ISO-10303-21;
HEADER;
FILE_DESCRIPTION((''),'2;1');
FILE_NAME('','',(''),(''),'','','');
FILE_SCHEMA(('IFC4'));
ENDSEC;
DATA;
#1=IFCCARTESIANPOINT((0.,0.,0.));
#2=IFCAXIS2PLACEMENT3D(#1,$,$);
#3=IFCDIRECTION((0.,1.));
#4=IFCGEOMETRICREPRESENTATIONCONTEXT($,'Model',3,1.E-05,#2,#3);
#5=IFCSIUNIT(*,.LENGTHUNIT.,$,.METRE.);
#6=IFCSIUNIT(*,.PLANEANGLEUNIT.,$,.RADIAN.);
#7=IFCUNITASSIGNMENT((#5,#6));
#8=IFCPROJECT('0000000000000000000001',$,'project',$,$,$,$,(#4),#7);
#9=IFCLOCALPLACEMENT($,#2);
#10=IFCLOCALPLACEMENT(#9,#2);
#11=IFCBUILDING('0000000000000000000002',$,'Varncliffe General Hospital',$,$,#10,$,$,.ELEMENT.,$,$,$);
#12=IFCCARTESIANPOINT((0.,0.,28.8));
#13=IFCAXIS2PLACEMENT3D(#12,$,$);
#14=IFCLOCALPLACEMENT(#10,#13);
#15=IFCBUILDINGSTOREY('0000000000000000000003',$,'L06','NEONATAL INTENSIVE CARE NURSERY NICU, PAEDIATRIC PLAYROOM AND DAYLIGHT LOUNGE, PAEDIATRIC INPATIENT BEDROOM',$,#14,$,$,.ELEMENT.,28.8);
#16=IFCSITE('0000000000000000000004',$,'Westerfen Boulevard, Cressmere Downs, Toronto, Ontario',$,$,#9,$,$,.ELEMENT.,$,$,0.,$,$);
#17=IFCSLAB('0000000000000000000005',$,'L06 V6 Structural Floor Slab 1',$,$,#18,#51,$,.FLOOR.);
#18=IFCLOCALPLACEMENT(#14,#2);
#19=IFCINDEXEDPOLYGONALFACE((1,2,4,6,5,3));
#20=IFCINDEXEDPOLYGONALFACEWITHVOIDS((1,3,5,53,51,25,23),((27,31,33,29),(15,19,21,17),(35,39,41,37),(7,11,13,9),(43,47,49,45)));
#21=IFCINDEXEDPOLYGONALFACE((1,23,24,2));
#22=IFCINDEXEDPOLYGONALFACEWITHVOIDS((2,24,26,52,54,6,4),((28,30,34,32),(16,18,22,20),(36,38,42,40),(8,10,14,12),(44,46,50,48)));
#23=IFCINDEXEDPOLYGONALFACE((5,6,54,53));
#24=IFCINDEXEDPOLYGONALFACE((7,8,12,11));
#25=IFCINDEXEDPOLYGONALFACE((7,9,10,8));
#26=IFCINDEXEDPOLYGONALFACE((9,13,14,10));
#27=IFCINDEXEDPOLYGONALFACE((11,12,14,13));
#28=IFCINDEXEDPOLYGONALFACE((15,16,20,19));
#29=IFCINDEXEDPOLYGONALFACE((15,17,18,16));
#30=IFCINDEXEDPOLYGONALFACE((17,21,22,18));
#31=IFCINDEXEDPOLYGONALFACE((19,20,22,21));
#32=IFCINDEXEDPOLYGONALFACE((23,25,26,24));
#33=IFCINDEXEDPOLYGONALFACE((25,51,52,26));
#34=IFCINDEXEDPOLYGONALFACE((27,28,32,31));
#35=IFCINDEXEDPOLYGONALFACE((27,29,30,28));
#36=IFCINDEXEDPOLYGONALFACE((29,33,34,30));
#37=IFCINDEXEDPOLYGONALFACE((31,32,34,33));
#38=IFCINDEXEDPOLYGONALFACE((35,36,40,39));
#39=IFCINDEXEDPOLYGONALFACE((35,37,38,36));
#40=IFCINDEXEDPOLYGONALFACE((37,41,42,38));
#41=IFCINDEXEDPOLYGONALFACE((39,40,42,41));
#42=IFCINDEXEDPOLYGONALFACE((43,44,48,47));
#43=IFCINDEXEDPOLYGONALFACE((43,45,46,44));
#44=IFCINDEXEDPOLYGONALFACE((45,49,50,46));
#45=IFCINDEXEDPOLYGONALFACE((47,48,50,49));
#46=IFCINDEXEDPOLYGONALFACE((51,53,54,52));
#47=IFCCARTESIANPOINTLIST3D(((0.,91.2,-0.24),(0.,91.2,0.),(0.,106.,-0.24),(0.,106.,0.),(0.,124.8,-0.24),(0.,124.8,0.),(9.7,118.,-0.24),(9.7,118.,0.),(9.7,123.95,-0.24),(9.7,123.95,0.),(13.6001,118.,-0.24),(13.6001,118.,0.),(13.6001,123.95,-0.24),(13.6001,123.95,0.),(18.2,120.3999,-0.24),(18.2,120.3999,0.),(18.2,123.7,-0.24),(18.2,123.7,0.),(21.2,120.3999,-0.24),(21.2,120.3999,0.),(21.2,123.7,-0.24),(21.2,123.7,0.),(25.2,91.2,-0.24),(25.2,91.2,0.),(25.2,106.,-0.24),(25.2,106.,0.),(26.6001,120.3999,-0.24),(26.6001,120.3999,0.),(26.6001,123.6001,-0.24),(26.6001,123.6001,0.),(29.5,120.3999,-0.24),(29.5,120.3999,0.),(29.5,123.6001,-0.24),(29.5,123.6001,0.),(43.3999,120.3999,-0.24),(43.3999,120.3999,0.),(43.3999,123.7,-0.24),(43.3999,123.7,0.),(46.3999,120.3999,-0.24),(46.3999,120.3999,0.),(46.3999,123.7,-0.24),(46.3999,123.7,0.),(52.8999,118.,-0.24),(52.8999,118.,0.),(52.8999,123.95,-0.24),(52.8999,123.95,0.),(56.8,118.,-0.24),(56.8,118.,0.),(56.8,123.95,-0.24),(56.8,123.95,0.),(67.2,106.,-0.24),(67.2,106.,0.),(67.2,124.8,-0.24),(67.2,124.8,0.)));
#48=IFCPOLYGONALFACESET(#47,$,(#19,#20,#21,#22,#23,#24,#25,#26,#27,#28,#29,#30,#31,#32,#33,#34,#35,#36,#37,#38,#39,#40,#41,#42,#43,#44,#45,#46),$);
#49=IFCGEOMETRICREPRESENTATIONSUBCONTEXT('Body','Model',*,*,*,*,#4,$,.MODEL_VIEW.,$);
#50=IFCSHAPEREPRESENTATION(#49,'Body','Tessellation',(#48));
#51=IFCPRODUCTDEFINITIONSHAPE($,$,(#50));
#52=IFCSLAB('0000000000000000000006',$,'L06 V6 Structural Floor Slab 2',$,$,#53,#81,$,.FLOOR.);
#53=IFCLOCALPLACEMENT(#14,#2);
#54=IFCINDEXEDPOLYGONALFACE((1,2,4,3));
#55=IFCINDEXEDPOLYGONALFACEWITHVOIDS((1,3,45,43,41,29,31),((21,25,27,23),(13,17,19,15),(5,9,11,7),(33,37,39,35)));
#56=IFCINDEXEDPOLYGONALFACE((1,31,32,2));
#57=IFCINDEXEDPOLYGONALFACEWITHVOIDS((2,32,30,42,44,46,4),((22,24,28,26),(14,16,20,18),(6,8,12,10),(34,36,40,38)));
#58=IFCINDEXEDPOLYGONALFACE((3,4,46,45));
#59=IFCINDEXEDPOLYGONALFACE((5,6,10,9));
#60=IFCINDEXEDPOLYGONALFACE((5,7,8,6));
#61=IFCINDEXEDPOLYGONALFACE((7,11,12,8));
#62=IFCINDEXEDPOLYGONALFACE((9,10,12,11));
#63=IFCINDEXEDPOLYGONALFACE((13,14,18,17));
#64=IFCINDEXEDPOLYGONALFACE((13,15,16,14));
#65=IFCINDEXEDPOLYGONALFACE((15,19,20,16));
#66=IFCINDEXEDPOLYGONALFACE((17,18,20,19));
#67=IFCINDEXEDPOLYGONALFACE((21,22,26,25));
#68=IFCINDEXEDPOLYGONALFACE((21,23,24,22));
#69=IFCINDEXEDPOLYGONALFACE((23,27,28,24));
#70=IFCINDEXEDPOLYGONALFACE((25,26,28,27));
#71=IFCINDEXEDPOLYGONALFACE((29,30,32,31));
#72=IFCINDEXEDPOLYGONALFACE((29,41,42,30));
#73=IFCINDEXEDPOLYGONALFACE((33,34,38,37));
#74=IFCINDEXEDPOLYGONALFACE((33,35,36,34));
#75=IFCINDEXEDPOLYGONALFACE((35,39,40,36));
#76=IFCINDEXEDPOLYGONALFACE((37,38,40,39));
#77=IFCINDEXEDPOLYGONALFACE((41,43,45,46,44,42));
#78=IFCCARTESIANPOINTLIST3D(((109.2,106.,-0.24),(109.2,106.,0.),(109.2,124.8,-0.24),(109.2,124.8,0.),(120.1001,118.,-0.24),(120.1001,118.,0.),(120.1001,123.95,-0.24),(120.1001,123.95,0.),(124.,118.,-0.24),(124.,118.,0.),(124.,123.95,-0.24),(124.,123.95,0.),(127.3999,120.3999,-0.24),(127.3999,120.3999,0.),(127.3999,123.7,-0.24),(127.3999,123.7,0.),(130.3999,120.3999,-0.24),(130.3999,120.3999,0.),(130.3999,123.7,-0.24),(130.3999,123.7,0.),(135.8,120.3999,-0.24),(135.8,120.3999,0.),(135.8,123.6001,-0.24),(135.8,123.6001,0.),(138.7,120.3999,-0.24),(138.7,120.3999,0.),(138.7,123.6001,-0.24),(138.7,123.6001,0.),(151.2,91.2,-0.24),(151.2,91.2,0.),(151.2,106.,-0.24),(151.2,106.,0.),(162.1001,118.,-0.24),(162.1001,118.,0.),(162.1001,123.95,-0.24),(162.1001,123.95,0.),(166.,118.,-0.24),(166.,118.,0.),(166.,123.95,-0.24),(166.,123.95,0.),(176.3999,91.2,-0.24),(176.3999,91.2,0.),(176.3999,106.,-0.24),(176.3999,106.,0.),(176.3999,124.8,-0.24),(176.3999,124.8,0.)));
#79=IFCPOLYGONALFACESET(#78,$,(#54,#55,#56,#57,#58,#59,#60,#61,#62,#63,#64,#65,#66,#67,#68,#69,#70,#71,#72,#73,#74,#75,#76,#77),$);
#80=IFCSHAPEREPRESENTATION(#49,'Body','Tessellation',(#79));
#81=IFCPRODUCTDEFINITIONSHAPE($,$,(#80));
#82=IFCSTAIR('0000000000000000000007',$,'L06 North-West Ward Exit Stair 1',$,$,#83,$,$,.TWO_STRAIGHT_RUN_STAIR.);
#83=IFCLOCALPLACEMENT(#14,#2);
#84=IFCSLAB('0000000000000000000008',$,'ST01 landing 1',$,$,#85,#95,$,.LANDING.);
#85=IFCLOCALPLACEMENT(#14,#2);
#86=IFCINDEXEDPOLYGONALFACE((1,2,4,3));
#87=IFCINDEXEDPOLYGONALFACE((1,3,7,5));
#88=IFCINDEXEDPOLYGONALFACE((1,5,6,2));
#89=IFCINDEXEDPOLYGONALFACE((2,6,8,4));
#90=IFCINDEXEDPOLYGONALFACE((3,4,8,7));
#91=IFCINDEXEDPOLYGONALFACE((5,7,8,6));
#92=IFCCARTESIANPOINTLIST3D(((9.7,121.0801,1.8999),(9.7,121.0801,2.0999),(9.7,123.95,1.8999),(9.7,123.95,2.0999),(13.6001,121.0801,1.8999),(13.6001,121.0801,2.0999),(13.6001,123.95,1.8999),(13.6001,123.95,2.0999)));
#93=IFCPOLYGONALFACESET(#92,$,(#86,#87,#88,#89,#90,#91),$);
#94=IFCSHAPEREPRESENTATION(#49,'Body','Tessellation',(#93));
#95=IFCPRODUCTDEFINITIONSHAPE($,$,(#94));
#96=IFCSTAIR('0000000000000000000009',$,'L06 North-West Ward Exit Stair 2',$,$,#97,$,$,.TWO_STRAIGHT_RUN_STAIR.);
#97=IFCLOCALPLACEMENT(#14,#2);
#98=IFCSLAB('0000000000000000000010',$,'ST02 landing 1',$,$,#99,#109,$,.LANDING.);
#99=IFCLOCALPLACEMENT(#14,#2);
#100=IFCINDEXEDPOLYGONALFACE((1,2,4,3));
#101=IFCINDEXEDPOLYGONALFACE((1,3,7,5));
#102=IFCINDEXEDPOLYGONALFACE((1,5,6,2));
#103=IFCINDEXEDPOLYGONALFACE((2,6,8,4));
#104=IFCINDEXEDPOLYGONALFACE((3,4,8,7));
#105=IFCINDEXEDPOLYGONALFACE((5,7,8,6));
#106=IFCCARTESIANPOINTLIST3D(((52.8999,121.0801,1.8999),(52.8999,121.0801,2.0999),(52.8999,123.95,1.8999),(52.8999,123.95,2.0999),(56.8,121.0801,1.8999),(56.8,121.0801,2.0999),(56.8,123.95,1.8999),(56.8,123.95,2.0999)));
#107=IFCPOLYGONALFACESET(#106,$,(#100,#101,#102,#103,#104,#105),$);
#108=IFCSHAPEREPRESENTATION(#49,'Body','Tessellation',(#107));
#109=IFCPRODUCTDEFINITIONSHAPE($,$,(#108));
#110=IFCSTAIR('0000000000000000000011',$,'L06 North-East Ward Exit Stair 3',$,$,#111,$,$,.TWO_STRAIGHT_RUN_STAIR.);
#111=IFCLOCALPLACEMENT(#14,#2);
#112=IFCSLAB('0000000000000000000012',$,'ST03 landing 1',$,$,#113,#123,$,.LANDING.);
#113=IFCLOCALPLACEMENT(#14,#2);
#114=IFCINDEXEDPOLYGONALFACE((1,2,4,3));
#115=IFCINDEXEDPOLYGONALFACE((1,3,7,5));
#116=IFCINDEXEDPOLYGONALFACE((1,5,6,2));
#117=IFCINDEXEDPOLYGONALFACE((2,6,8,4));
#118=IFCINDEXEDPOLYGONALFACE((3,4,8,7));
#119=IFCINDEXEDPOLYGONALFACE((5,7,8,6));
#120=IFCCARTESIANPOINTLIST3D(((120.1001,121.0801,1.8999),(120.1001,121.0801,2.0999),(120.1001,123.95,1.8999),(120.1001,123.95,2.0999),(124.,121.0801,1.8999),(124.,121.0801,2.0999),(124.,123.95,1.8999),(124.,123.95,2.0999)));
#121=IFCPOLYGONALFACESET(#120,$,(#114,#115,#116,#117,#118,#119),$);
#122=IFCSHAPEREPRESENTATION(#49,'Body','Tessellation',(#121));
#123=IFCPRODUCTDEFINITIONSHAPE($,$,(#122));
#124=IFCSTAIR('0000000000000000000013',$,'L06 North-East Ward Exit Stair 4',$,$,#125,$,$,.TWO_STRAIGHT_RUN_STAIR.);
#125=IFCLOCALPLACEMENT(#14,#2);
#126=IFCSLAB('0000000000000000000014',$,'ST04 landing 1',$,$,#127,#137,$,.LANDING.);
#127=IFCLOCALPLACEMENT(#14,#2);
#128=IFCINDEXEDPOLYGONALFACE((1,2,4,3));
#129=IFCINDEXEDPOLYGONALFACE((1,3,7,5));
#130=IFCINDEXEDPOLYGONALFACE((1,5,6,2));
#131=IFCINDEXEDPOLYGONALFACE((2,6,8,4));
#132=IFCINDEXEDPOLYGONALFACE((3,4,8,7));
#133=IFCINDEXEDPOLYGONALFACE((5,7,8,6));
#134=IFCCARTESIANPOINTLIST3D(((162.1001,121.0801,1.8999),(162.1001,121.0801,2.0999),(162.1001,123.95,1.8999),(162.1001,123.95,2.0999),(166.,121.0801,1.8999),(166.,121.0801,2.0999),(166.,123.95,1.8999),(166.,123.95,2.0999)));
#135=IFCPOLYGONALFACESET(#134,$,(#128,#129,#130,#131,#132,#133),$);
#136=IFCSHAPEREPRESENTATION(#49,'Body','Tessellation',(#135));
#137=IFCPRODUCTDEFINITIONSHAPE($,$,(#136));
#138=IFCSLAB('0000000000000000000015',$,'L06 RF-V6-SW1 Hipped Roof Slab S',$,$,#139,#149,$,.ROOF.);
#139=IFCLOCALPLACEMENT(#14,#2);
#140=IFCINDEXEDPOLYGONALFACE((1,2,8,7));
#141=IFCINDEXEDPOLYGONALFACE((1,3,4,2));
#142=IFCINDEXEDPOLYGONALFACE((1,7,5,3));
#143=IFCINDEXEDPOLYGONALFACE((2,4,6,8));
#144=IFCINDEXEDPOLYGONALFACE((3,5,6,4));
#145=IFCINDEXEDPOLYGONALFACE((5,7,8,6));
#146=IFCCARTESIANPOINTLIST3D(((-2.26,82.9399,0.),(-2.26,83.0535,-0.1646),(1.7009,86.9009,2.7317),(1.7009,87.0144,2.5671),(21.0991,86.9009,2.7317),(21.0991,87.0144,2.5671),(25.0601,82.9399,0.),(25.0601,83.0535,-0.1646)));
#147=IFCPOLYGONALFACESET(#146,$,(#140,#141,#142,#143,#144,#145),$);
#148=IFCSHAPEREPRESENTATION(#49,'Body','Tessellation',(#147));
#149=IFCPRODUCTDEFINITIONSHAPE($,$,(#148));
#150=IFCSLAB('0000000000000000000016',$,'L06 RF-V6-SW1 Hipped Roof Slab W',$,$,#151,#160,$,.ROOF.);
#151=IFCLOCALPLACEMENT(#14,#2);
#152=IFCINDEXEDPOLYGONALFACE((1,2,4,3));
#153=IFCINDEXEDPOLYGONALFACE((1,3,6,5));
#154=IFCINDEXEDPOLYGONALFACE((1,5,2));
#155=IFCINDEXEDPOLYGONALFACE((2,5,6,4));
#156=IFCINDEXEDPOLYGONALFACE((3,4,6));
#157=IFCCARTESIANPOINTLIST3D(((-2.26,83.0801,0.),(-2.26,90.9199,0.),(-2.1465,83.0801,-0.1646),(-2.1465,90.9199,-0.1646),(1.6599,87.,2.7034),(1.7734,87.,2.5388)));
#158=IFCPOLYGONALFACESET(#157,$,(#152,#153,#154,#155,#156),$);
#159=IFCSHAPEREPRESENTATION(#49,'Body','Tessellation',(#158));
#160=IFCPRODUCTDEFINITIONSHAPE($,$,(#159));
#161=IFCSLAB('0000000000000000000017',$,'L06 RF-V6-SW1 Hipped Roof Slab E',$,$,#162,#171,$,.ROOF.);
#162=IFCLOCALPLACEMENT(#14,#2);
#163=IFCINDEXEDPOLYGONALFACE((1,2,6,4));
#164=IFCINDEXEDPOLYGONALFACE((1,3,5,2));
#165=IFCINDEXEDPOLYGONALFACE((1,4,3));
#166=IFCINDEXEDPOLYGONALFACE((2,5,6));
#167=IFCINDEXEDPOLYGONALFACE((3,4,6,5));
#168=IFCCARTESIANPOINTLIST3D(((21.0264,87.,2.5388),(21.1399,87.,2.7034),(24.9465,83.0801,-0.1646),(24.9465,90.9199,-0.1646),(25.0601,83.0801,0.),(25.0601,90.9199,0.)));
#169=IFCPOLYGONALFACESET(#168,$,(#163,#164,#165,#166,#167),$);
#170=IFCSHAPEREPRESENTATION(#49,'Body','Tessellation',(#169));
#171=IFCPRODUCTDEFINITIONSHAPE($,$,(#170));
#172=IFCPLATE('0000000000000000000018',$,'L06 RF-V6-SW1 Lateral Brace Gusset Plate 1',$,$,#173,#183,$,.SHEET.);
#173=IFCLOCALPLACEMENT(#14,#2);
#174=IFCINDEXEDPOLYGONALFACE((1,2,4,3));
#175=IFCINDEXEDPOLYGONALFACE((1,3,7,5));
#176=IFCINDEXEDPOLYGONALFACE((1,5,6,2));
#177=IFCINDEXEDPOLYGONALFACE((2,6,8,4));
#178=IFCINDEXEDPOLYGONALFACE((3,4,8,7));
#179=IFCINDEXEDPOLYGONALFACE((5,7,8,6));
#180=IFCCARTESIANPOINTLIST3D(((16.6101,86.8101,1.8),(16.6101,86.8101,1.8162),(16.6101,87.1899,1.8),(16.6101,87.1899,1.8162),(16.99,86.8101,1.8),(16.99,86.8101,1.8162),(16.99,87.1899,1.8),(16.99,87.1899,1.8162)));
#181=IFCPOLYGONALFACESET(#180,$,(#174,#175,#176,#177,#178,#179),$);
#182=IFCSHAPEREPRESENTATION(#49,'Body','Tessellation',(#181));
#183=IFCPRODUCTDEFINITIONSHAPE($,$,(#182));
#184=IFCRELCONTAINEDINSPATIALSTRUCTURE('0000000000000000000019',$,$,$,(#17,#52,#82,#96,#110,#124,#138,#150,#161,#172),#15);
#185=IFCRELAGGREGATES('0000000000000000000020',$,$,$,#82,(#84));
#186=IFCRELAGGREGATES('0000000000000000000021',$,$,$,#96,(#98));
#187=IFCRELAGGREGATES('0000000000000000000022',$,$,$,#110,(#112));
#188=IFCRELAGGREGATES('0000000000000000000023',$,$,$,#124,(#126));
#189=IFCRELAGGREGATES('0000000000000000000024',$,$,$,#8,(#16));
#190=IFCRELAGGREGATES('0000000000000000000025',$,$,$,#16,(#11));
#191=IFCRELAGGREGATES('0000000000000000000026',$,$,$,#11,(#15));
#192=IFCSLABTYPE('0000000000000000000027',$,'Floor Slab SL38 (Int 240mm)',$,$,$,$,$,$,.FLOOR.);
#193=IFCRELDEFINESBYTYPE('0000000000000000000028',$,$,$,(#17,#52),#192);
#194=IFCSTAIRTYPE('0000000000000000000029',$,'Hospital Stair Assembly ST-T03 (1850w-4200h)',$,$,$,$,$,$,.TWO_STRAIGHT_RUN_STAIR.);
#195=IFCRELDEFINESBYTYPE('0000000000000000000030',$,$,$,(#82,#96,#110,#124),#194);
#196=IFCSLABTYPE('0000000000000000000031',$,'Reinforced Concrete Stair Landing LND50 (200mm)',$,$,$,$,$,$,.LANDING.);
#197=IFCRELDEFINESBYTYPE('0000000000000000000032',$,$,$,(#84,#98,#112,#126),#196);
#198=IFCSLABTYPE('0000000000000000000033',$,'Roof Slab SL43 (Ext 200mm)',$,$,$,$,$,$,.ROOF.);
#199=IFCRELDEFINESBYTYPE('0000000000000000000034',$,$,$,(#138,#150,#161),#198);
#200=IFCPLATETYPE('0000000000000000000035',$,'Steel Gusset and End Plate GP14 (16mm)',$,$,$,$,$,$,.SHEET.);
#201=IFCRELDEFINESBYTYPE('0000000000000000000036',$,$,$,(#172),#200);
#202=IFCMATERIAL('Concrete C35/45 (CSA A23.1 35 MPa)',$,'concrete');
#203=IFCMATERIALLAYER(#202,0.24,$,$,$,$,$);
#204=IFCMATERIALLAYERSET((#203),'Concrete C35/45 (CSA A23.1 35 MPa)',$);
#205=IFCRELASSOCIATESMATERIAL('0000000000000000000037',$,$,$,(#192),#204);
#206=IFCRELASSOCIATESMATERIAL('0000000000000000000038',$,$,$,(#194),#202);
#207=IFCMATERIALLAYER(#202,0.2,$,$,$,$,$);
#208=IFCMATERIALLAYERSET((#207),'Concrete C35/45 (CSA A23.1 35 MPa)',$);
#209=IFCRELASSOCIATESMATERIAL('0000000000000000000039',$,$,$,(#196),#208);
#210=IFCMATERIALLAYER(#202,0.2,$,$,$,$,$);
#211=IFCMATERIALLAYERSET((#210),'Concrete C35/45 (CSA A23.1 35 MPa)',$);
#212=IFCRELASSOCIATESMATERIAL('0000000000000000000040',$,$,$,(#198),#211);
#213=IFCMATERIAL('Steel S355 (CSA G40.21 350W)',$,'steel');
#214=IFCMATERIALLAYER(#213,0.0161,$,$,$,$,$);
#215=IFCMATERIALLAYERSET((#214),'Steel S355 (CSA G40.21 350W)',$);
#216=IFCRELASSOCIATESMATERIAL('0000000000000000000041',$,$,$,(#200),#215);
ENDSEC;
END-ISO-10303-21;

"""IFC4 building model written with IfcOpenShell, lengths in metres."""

from ifc_helpers import new_model, si_unit, direction, frame, origin, origin_2d, place, context, subcontext, project, spatial, polyline, rectangle, outline, extrude, material, layer, layer_set, type_object, element, aggregate, save


model = new_model("IFC4")

# Units and contexts
model_context = context("Model", 3, precision=1e-05, world=origin(), true_north=direction((0.0, 1.0)))
body_context = subcontext(model_context, "Body", "Model", "MODEL_VIEW")
ifc_project = project(units=[si_unit("LENGTHUNIT", "METRE"), si_unit("PLANEANGLEUNIT", "RADIAN")], contexts=[model_context])

# Site, building, storey
site_placement = place(None, origin())
site = spatial("IfcSite", under=ifc_project, at=site_placement, Name="Westerfen Boulevard, Cressmere Downs, Toronto, Ontario", CompositionType="ELEMENT", RefElevation=0.0)
building_placement = place(site_placement, origin())
building = spatial("IfcBuilding", under=site, at=building_placement, Name="Varncliffe General Hospital", CompositionType="ELEMENT")
storey_placement = place(building_placement, frame((0.0, 0.0, 28.8)))
storey = spatial("IfcBuildingStorey", under=building, at=storey_placement, Name="L06", Description="NEONATAL INTENSIVE CARE NURSERY NICU, PAEDIATRIC PLAYROOM AND DAYLIGHT LOUNGE, PAEDIATRIC INPATIENT BEDROOM", CompositionType="ELEMENT", Elevation=28.8)

# Shared definitions
ifc_material_1 = material(Name="Steel S355 (CSA G40.21 350W)", Category="steel")

# Slabs
ifc_material_2 = material(Name="Concrete C35/45 (CSA A23.1 35 MPa)", Category="concrete")
ifc_layer_1 = layer(ifc_material_2, 0.24)
ifc_layer_set_1 = layer_set([ifc_layer_1], Name="Concrete C35/45 (CSA A23.1 35 MPa)")
slab_type_1 = type_object("IfcSlabType", Name="Floor Slab SL38 (Int 240mm)", PredefinedType="FLOOR", material=ifc_layer_set_1)
slab_1_placement = place(storey_placement, frame((0.0, 0.0, -0.24)))
element("IfcSlab", 1, at=slab_1_placement, inside=storey, type_object=slab_type_1, Name="L06 V6 Structural Floor Slab 1", PredefinedType="FLOOR", context=body_context, shape_type="SweptSolid", body=[
    extrude(outline(polyline([(0.0, 106.0), (0.0, 124.8), (67.2, 124.8), (67.2, 106.0), (25.2, 106.0), (25.2, 91.2), (0.0, 91.2), (0.0, 106.0)]), holes=[polyline([(13.6001, 118.0), (13.6001, 123.95), (9.7, 123.95), (9.7, 118.0), (13.6001, 118.0)]), polyline([(56.8, 118.0), (56.8, 123.95), (52.8999, 123.95), (52.8999, 118.0), (56.8, 118.0)]), polyline([(18.2, 120.3999), (21.2, 120.3999), (21.2, 123.7), (18.2, 123.7), (18.2, 120.3999)]), polyline([(43.3999, 120.3999), (46.3999, 120.3999), (46.3999, 123.7), (43.3999, 123.7), (43.3999, 120.3999)]), polyline([(26.6001, 120.3999), (29.5, 120.3999), (29.5, 123.6001), (26.6001, 123.6001), (26.6001, 120.3999)])]), origin(), (0.0, 0.0, 1.0), 0.24),
])
slab_2_placement = place(storey_placement, frame((0.0, 0.0, -0.24)))
element("IfcSlab", 2, at=slab_2_placement, inside=storey, type_object=slab_type_1, Name="L06 V6 Structural Floor Slab 2", PredefinedType="FLOOR", context=body_context, shape_type="SweptSolid", body=[
    extrude(outline(polyline([(151.2, 106.0), (109.2, 106.0), (109.2, 124.8), (176.3999, 124.8), (176.3999, 106.0), (176.3999, 91.2), (151.2, 91.2), (151.2, 106.0)]), holes=[polyline([(124.0, 118.0), (124.0, 123.95), (120.1001, 123.95), (120.1001, 118.0), (124.0, 118.0)]), polyline([(166.0, 118.0), (166.0, 123.95), (162.1001, 123.95), (162.1001, 118.0), (166.0, 118.0)]), polyline([(127.3999, 120.3999), (130.3999, 120.3999), (130.3999, 123.7), (127.3999, 123.7), (127.3999, 120.3999)]), polyline([(135.8, 120.3999), (138.7, 120.3999), (138.7, 123.6001), (135.8, 123.6001), (135.8, 120.3999)])]), origin(), (0.0, 0.0, 1.0), 0.24),
])

# Stairs, slabs
stair_type = type_object("IfcStairType", Name="Hospital Stair Assembly ST-T03 (1850w-4200h)", PredefinedType="TWO_STRAIGHT_RUN_STAIR", material=ifc_material_2)
stair_1_placement = place(storey_placement, origin())
stair_1 = element("IfcStair", 3, at=stair_1_placement, inside=storey, type_object=stair_type, Name="L06 North-West Ward Exit Stair 1", PredefinedType="TWO_STRAIGHT_RUN_STAIR")
ifc_layer_2 = layer(ifc_material_2, 0.2)
ifc_layer_set_2 = layer_set([ifc_layer_2], Name="Concrete C35/45 (CSA A23.1 35 MPa)")
slab_type_2 = type_object("IfcSlabType", Name="Reinforced Concrete Stair Landing LND50 (200mm)", PredefinedType="LANDING", material=ifc_layer_set_2)
slab_3_placement = place(storey_placement, frame((0.0, 0.0, 1.8999)))
slab_3 = element("IfcSlab", 4, at=slab_3_placement, type_object=slab_type_2, Name="ST01 landing 1", PredefinedType="LANDING", context=body_context, shape_type="SweptSolid", body=[
    extrude(outline(polyline([(13.6001, 121.0801), (13.6001, 123.95), (9.7, 123.95), (9.7, 121.0801), (13.6001, 121.0801)])), origin(), (0.0, 0.0, 1.0), 0.2),
])
aggregate(stair_1, [slab_3])
stair_2_placement = place(storey_placement, origin())
stair_2 = element("IfcStair", 5, at=stair_2_placement, inside=storey, type_object=stair_type, Name="L06 North-West Ward Exit Stair 2", PredefinedType="TWO_STRAIGHT_RUN_STAIR")
slab_4_placement = place(storey_placement, frame((0.0, 0.0, 1.8999)))
slab_4 = element("IfcSlab", 6, at=slab_4_placement, type_object=slab_type_2, Name="ST02 landing 1", PredefinedType="LANDING", context=body_context, shape_type="SweptSolid", body=[
    extrude(outline(polyline([(56.8, 121.0801), (56.8, 123.95), (52.8999, 123.95), (52.8999, 121.0801), (56.8, 121.0801)])), origin(), (0.0, 0.0, 1.0), 0.2),
])
aggregate(stair_2, [slab_4])
stair_3_placement = place(storey_placement, origin())
stair_3 = element("IfcStair", 7, at=stair_3_placement, inside=storey, type_object=stair_type, Name="L06 North-East Ward Exit Stair 3", PredefinedType="TWO_STRAIGHT_RUN_STAIR")
slab_5_placement = place(storey_placement, frame((0.0, 0.0, 1.8999)))
slab_5 = element("IfcSlab", 8, at=slab_5_placement, type_object=slab_type_2, Name="ST03 landing 1", PredefinedType="LANDING", context=body_context, shape_type="SweptSolid", body=[
    extrude(outline(polyline([(124.0, 121.0801), (124.0, 123.95), (120.1001, 123.95), (120.1001, 121.0801), (124.0, 121.0801)])), origin(), (0.0, 0.0, 1.0), 0.2),
])
aggregate(stair_3, [slab_5])
stair_4_placement = place(storey_placement, origin())
stair_4 = element("IfcStair", 9, at=stair_4_placement, inside=storey, type_object=stair_type, Name="L06 North-East Ward Exit Stair 4", PredefinedType="TWO_STRAIGHT_RUN_STAIR")
slab_6_placement = place(storey_placement, frame((0.0, 0.0, 1.8999)))
slab_6 = element("IfcSlab", 10, at=slab_6_placement, type_object=slab_type_2, Name="ST04 landing 1", PredefinedType="LANDING", context=body_context, shape_type="SweptSolid", body=[
    extrude(outline(polyline([(166.0, 121.0801), (166.0, 123.95), (162.1001, 123.95), (162.1001, 121.0801), (166.0, 121.0801)])), origin(), (0.0, 0.0, 1.0), 0.2),
])
aggregate(stair_4, [slab_6])

# Slabs
ifc_layer_3 = layer(ifc_material_2, 0.2)
ifc_layer_set_3 = layer_set([ifc_layer_3], Name="Concrete C35/45 (CSA A23.1 35 MPa)")
slab_type_3 = type_object("IfcSlabType", Name="Roof Slab SL43 (Ext 200mm)", PredefinedType="ROOF", material=ifc_layer_set_3)
slab_7_placement = place(storey_placement, frame((-2.26, 82.9399, 0.0), z_axis=(0.0, -0.567734, 0.823212), x_axis=(1.0, 0.0, 0.0)))
element("IfcSlab", 11, at=slab_7_placement, inside=storey, type_object=slab_type_3, Name="L06 RF-V6-SW1 Hipped Roof Slab S", PredefinedType="ROOF", context=body_context, shape_type="SweptSolid", body=[
    extrude(outline(polyline([(0.0, 0.0), (27.3201, 0.0), (23.3591, 4.8116), (3.9609, 4.8116), (0.0, 0.0)])), origin(), (0.0, 0.0, -1.0), 0.2),
])
slab_8_placement = place(storey_placement, frame((-2.26, 90.9199, 0.0), z_axis=(-0.567729, 0.0, 0.823215), x_axis=(0.0, -1.0, 0.0)))
element("IfcSlab", 12, at=slab_8_placement, inside=storey, type_object=slab_type_3, Name="L06 RF-V6-SW1 Hipped Roof Slab W", PredefinedType="ROOF", context=body_context, shape_type="SweptSolid", body=[
    extrude(outline(polyline([(0.0, 0.0), (7.8398, 0.0), (3.9199, 4.7617), (0.0, 0.0)])), origin(), (0.0, 0.0, -1.0), 0.2),
])
slab_9_placement = place(storey_placement, frame((25.0601, 83.0801, 0.0), z_axis=(0.567705, 0.0, 0.823232), x_axis=(0.0, 1.0, 0.0)))
element("IfcSlab", 13, at=slab_9_placement, inside=storey, type_object=slab_type_3, Name="L06 RF-V6-SW1 Hipped Roof Slab E", PredefinedType="ROOF", context=body_context, shape_type="SweptSolid", body=[
    extrude(outline(polyline([(0.0, 0.0), (7.8398, 0.0), (3.9199, 4.7619), (0.0, 0.0)])), origin(), (0.0, 0.0, -1.0), 0.2),
])

# Plate
ifc_layer_4 = layer(ifc_material_1, 0.0161)
ifc_layer_set_4 = layer_set([ifc_layer_4], Name="Steel S355 (CSA G40.21 350W)")
plate_type = type_object("IfcPlateType", Name="Steel Gusset and End Plate GP14 (16mm)", PredefinedType="SHEET", material=ifc_layer_set_4)
plate_placement = place(storey_placement, frame((16.8, 87.0, 1.8), z_axis=(0.0, 0.0, 1.0), x_axis=(1.0, 0.0, 0.0)))
element("IfcPlate", 14, at=plate_placement, inside=storey, type_object=plate_type, Name="L06 RF-V6-SW1 Lateral Brace Gusset Plate 1", PredefinedType="SHEET", context=body_context, shape_type="SweptSolid", body=[
    extrude(rectangle(XDim=0.3799, YDim=0.3799, at=origin_2d()), origin(), (0.0, 0.0, 1.0), 0.0161),
])

save(model, "model.ifc")
